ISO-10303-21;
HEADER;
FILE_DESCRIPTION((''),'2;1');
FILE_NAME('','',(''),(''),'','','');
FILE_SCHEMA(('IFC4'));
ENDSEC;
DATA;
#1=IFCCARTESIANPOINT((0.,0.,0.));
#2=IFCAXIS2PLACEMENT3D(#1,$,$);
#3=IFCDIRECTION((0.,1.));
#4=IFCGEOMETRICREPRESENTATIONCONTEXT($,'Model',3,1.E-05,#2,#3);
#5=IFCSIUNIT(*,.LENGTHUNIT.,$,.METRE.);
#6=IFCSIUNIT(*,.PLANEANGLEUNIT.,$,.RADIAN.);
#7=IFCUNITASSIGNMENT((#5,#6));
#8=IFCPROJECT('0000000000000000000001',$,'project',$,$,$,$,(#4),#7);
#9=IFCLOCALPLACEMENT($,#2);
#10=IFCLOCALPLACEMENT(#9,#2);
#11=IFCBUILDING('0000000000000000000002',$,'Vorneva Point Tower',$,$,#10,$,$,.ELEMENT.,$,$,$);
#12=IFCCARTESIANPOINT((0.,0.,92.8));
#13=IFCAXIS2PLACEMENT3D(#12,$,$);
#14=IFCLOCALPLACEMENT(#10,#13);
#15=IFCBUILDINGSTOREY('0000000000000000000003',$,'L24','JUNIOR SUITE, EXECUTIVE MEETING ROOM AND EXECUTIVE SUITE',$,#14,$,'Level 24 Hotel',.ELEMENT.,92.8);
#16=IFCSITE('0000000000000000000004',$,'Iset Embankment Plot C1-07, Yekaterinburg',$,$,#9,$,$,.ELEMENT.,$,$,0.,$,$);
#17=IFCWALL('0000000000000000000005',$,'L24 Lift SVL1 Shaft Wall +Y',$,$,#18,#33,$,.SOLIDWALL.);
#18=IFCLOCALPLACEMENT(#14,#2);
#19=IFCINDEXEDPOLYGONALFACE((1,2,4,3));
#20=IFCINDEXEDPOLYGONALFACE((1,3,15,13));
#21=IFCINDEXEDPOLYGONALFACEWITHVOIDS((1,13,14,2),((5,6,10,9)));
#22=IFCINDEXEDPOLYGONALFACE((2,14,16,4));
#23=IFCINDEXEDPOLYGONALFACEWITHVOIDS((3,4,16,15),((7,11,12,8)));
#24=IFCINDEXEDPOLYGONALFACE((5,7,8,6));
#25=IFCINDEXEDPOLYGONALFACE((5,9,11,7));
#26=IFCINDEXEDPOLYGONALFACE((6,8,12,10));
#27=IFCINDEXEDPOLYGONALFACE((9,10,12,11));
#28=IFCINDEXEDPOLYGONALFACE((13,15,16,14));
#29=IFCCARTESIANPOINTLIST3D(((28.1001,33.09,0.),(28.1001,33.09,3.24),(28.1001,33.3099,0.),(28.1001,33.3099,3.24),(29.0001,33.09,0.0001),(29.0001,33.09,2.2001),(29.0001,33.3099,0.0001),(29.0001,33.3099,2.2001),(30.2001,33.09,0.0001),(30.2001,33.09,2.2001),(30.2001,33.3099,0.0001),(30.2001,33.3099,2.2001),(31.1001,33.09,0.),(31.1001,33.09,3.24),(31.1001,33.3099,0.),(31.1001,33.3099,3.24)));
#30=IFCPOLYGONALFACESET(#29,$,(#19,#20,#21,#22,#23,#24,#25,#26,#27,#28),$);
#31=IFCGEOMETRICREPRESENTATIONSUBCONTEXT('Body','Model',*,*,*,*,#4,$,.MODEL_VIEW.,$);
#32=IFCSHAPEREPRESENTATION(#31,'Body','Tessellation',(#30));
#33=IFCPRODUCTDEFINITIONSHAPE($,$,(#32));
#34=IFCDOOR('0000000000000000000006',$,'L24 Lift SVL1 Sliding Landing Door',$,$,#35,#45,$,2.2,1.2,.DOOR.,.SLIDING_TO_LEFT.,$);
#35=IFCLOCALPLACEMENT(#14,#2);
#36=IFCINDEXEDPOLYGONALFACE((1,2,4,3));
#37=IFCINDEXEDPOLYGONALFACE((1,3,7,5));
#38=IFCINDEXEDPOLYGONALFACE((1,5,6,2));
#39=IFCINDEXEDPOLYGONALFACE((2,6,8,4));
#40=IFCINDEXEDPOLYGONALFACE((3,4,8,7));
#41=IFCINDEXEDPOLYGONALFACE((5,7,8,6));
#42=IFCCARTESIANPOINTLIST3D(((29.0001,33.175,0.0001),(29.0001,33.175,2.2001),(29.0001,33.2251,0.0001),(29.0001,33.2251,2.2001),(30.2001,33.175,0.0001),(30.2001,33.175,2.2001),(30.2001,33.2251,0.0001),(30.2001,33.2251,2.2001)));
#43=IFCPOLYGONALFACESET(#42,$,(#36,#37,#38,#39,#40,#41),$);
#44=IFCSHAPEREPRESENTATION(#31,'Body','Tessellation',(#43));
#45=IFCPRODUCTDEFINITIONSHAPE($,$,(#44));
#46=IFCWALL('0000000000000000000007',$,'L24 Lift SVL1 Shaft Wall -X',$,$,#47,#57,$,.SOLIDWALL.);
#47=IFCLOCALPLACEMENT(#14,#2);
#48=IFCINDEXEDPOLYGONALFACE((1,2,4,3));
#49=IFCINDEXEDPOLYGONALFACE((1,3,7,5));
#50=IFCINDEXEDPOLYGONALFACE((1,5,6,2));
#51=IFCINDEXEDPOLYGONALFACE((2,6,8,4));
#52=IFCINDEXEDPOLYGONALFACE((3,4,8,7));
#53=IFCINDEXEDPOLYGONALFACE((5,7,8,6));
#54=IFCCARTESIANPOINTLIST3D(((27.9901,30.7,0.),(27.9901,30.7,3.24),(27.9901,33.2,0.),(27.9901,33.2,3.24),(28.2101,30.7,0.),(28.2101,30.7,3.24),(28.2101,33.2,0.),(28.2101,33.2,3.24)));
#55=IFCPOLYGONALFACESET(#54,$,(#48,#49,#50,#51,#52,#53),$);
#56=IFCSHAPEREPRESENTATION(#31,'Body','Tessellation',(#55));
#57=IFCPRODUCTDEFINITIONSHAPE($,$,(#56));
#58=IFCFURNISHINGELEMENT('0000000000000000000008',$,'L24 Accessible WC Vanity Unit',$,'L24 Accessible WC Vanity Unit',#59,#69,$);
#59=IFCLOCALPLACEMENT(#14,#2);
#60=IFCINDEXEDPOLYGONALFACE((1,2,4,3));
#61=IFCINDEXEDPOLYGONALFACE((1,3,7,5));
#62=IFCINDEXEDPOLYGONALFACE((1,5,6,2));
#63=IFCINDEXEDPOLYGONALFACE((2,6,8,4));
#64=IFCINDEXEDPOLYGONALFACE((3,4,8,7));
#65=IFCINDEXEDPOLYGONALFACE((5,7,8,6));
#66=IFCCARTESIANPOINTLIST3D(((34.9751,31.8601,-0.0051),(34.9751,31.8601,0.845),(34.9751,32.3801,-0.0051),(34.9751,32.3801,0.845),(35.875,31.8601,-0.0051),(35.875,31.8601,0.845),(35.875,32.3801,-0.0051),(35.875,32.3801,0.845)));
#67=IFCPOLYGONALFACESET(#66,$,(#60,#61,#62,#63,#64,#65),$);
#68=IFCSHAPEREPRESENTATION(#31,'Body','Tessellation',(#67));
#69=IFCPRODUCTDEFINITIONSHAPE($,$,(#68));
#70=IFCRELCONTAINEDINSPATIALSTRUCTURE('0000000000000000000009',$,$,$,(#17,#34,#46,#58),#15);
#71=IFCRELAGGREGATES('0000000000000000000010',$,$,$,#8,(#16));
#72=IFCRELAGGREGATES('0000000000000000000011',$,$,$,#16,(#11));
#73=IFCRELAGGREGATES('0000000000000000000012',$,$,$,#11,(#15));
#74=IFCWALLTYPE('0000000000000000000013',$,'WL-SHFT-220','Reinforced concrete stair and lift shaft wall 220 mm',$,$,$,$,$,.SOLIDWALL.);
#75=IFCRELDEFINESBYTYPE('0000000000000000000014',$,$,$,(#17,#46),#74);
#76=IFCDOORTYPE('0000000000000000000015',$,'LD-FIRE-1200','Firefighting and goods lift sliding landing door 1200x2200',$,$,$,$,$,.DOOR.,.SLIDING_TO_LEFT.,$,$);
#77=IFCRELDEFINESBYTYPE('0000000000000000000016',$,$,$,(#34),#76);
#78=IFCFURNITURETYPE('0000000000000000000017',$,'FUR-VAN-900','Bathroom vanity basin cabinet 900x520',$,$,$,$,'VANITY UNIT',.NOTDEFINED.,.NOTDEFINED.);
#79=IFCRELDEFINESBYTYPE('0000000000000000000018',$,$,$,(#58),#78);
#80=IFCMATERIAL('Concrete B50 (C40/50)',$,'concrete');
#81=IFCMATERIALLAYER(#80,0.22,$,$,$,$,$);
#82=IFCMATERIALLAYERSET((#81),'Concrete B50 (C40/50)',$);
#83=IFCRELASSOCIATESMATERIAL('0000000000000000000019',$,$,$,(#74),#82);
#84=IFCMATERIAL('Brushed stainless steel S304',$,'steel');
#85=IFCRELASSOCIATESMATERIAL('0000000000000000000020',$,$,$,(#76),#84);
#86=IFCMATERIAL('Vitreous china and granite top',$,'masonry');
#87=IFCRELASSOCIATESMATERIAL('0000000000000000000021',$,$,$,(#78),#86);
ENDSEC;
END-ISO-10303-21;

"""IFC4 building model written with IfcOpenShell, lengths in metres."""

from ifc_helpers import new_model, si_unit, direction, frame, frame_2d, origin, origin_2d, place, context, subcontext, project, spatial, rectangle, extrude, material, layer, layer_set, type_object, element, fill, save


model = new_model("IFC4")

# Units and contexts
model_context = context("Model", 3, precision=1e-05, world=origin(), true_north=direction((0.0, 1.0)))
body_context = subcontext(model_context, "Body", "Model", "MODEL_VIEW")
ifc_project = project(units=[si_unit("LENGTHUNIT", "METRE"), si_unit("PLANEANGLEUNIT", "RADIAN")], contexts=[model_context])

# Site, building, storey
site_placement = place(None, origin())
site = spatial("IfcSite", under=ifc_project, at=site_placement, Name="Iset Embankment Plot C1-07, Yekaterinburg", CompositionType="ELEMENT", RefElevation=0.0)
building_placement = place(site_placement, origin())
building = spatial("IfcBuilding", under=site, at=building_placement, Name="Vorneva Point Tower", CompositionType="ELEMENT")
storey_placement = place(building_placement, frame((0.0, 0.0, 92.8)))
storey = spatial("IfcBuildingStorey", under=building, at=storey_placement, Name="L24", Description="JUNIOR SUITE, EXECUTIVE MEETING ROOM AND EXECUTIVE SUITE", LongName="Level 24 Hotel", CompositionType="ELEMENT", Elevation=92.8)

# Shared definitions
ifc_material_1 = material(Name="Concrete B50 (C40/50)", Category="concrete")
ifc_layer_1 = layer(ifc_material_1, 0.22)
ifc_layer_set_1 = layer_set([ifc_layer_1], Name="Concrete B50 (C40/50)")
wall_type_1 = type_object("IfcWallType", Name="WL-SHFT-220", Description="Reinforced concrete stair and lift shaft wall 220 mm", PredefinedType="SOLIDWALL", material=ifc_layer_set_1)

# Wall, opening, door
wall_1_placement = place(storey_placement, frame((31.1001, 33.2, 0.0), z_axis=(0.0, 0.0, 1.0), x_axis=(-1.0, 0.0, 0.0)))
wall_1 = element("IfcWall", 1, at=wall_1_placement, inside=storey, type_object=wall_type_1, Name="L24 Lift SVL1 Shaft Wall +Y", PredefinedType="SOLIDWALL", context=body_context, shape_type="SweptSolid", body=[
    extrude(rectangle(XDim=3.0, YDim=0.22, at=frame_2d((1.5, 0.0))), origin(), (0.0, 0.0, 1.0), 3.24),
])
opening_1_placement = place(wall_1_placement, frame((0.8999, 0.0, 0.0)))
opening_1 = element("IfcOpeningElement", 2, at=opening_1_placement, cuts=wall_1, PredefinedType="OPENING", context=body_context, shape_type="SweptSolid", body=[
    extrude(rectangle(XDim=1.2, YDim=2.2, at=frame_2d((0.6001, 1.1001))), frame((0.0, 0.125, 0.0), z_axis=(0.0, -1.0, 0.0), x_axis=(1.0, 0.0, 0.0)), (0.0, 0.0, 1.0), 0.2498),
])
ifc_material_2 = material(Name="Brushed stainless steel S304", Category="steel")
door_type_1 = type_object("IfcDoorType", Name="LD-FIRE-1200", Description="Firefighting and goods lift sliding landing door 1200x2200", OperationType="SLIDING_TO_LEFT", PredefinedType="DOOR", material=ifc_material_2)
door_1_placement = place(opening_1_placement, origin())
door_1 = element("IfcDoor", 3, at=door_1_placement, inside=storey, type_object=door_type_1, Name="L24 Lift SVL1 Sliding Landing Door", OperationType="SLIDING_TO_LEFT", OverallHeight=2.2, OverallWidth=1.2, PredefinedType="DOOR", context=body_context, shape_type="SweptSolid", body=[
    extrude(rectangle(XDim=1.2, YDim=2.2, at=frame_2d((0.6001, 1.1001))), frame((0.0, 0.0249, 0.0), z_axis=(0.0, -1.0, 0.0), x_axis=(1.0, 0.0, 0.0)), (0.0, 0.0, 1.0), 0.05),
])
fill(opening_1, door_1)

# Wall
wall_2_placement = place(storey_placement, frame((28.1001, 33.2, 0.0), z_axis=(0.0, 0.0, 1.0), x_axis=(0.0, -1.0, 0.0)))
element("IfcWall", 4, at=wall_2_placement, inside=storey, type_object=wall_type_1, Name="L24 Lift SVL1 Shaft Wall -X", PredefinedType="SOLIDWALL", context=body_context, shape_type="SweptSolid", body=[
    extrude(rectangle(XDim=2.5, YDim=0.22, at=frame_2d((1.25, 0.0))), origin(), (0.0, 0.0, 1.0), 3.24),
])

# Furnishing element
ifc_material_3 = material(Name="Vitreous china and granite top", Category="masonry")
furniture_type = type_object("IfcFurnitureType", Name="FUR-VAN-900", Description="Bathroom vanity basin cabinet 900x520", ElementType="VANITY UNIT", AssemblyPlace="NOTDEFINED", PredefinedType="NOTDEFINED", material=ifc_material_3)
furnishing_placement = place(storey_placement, frame((35.425, 32.1201, -0.0051), z_axis=(0.0, 0.0, 1.0), x_axis=(1.0, 0.0, 0.0)))
element("IfcFurnishingElement", 5, at=furnishing_placement, inside=storey, type_object=furniture_type, Name="L24 Accessible WC Vanity Unit", ObjectType="L24 Accessible WC Vanity Unit", context=body_context, shape_type="SweptSolid", body=[
    extrude(rectangle(XDim=0.8999, YDim=0.52, at=origin_2d()), origin(), (0.0, 0.0, 1.0), 0.8501),
])

save(model, "model.ifc")
